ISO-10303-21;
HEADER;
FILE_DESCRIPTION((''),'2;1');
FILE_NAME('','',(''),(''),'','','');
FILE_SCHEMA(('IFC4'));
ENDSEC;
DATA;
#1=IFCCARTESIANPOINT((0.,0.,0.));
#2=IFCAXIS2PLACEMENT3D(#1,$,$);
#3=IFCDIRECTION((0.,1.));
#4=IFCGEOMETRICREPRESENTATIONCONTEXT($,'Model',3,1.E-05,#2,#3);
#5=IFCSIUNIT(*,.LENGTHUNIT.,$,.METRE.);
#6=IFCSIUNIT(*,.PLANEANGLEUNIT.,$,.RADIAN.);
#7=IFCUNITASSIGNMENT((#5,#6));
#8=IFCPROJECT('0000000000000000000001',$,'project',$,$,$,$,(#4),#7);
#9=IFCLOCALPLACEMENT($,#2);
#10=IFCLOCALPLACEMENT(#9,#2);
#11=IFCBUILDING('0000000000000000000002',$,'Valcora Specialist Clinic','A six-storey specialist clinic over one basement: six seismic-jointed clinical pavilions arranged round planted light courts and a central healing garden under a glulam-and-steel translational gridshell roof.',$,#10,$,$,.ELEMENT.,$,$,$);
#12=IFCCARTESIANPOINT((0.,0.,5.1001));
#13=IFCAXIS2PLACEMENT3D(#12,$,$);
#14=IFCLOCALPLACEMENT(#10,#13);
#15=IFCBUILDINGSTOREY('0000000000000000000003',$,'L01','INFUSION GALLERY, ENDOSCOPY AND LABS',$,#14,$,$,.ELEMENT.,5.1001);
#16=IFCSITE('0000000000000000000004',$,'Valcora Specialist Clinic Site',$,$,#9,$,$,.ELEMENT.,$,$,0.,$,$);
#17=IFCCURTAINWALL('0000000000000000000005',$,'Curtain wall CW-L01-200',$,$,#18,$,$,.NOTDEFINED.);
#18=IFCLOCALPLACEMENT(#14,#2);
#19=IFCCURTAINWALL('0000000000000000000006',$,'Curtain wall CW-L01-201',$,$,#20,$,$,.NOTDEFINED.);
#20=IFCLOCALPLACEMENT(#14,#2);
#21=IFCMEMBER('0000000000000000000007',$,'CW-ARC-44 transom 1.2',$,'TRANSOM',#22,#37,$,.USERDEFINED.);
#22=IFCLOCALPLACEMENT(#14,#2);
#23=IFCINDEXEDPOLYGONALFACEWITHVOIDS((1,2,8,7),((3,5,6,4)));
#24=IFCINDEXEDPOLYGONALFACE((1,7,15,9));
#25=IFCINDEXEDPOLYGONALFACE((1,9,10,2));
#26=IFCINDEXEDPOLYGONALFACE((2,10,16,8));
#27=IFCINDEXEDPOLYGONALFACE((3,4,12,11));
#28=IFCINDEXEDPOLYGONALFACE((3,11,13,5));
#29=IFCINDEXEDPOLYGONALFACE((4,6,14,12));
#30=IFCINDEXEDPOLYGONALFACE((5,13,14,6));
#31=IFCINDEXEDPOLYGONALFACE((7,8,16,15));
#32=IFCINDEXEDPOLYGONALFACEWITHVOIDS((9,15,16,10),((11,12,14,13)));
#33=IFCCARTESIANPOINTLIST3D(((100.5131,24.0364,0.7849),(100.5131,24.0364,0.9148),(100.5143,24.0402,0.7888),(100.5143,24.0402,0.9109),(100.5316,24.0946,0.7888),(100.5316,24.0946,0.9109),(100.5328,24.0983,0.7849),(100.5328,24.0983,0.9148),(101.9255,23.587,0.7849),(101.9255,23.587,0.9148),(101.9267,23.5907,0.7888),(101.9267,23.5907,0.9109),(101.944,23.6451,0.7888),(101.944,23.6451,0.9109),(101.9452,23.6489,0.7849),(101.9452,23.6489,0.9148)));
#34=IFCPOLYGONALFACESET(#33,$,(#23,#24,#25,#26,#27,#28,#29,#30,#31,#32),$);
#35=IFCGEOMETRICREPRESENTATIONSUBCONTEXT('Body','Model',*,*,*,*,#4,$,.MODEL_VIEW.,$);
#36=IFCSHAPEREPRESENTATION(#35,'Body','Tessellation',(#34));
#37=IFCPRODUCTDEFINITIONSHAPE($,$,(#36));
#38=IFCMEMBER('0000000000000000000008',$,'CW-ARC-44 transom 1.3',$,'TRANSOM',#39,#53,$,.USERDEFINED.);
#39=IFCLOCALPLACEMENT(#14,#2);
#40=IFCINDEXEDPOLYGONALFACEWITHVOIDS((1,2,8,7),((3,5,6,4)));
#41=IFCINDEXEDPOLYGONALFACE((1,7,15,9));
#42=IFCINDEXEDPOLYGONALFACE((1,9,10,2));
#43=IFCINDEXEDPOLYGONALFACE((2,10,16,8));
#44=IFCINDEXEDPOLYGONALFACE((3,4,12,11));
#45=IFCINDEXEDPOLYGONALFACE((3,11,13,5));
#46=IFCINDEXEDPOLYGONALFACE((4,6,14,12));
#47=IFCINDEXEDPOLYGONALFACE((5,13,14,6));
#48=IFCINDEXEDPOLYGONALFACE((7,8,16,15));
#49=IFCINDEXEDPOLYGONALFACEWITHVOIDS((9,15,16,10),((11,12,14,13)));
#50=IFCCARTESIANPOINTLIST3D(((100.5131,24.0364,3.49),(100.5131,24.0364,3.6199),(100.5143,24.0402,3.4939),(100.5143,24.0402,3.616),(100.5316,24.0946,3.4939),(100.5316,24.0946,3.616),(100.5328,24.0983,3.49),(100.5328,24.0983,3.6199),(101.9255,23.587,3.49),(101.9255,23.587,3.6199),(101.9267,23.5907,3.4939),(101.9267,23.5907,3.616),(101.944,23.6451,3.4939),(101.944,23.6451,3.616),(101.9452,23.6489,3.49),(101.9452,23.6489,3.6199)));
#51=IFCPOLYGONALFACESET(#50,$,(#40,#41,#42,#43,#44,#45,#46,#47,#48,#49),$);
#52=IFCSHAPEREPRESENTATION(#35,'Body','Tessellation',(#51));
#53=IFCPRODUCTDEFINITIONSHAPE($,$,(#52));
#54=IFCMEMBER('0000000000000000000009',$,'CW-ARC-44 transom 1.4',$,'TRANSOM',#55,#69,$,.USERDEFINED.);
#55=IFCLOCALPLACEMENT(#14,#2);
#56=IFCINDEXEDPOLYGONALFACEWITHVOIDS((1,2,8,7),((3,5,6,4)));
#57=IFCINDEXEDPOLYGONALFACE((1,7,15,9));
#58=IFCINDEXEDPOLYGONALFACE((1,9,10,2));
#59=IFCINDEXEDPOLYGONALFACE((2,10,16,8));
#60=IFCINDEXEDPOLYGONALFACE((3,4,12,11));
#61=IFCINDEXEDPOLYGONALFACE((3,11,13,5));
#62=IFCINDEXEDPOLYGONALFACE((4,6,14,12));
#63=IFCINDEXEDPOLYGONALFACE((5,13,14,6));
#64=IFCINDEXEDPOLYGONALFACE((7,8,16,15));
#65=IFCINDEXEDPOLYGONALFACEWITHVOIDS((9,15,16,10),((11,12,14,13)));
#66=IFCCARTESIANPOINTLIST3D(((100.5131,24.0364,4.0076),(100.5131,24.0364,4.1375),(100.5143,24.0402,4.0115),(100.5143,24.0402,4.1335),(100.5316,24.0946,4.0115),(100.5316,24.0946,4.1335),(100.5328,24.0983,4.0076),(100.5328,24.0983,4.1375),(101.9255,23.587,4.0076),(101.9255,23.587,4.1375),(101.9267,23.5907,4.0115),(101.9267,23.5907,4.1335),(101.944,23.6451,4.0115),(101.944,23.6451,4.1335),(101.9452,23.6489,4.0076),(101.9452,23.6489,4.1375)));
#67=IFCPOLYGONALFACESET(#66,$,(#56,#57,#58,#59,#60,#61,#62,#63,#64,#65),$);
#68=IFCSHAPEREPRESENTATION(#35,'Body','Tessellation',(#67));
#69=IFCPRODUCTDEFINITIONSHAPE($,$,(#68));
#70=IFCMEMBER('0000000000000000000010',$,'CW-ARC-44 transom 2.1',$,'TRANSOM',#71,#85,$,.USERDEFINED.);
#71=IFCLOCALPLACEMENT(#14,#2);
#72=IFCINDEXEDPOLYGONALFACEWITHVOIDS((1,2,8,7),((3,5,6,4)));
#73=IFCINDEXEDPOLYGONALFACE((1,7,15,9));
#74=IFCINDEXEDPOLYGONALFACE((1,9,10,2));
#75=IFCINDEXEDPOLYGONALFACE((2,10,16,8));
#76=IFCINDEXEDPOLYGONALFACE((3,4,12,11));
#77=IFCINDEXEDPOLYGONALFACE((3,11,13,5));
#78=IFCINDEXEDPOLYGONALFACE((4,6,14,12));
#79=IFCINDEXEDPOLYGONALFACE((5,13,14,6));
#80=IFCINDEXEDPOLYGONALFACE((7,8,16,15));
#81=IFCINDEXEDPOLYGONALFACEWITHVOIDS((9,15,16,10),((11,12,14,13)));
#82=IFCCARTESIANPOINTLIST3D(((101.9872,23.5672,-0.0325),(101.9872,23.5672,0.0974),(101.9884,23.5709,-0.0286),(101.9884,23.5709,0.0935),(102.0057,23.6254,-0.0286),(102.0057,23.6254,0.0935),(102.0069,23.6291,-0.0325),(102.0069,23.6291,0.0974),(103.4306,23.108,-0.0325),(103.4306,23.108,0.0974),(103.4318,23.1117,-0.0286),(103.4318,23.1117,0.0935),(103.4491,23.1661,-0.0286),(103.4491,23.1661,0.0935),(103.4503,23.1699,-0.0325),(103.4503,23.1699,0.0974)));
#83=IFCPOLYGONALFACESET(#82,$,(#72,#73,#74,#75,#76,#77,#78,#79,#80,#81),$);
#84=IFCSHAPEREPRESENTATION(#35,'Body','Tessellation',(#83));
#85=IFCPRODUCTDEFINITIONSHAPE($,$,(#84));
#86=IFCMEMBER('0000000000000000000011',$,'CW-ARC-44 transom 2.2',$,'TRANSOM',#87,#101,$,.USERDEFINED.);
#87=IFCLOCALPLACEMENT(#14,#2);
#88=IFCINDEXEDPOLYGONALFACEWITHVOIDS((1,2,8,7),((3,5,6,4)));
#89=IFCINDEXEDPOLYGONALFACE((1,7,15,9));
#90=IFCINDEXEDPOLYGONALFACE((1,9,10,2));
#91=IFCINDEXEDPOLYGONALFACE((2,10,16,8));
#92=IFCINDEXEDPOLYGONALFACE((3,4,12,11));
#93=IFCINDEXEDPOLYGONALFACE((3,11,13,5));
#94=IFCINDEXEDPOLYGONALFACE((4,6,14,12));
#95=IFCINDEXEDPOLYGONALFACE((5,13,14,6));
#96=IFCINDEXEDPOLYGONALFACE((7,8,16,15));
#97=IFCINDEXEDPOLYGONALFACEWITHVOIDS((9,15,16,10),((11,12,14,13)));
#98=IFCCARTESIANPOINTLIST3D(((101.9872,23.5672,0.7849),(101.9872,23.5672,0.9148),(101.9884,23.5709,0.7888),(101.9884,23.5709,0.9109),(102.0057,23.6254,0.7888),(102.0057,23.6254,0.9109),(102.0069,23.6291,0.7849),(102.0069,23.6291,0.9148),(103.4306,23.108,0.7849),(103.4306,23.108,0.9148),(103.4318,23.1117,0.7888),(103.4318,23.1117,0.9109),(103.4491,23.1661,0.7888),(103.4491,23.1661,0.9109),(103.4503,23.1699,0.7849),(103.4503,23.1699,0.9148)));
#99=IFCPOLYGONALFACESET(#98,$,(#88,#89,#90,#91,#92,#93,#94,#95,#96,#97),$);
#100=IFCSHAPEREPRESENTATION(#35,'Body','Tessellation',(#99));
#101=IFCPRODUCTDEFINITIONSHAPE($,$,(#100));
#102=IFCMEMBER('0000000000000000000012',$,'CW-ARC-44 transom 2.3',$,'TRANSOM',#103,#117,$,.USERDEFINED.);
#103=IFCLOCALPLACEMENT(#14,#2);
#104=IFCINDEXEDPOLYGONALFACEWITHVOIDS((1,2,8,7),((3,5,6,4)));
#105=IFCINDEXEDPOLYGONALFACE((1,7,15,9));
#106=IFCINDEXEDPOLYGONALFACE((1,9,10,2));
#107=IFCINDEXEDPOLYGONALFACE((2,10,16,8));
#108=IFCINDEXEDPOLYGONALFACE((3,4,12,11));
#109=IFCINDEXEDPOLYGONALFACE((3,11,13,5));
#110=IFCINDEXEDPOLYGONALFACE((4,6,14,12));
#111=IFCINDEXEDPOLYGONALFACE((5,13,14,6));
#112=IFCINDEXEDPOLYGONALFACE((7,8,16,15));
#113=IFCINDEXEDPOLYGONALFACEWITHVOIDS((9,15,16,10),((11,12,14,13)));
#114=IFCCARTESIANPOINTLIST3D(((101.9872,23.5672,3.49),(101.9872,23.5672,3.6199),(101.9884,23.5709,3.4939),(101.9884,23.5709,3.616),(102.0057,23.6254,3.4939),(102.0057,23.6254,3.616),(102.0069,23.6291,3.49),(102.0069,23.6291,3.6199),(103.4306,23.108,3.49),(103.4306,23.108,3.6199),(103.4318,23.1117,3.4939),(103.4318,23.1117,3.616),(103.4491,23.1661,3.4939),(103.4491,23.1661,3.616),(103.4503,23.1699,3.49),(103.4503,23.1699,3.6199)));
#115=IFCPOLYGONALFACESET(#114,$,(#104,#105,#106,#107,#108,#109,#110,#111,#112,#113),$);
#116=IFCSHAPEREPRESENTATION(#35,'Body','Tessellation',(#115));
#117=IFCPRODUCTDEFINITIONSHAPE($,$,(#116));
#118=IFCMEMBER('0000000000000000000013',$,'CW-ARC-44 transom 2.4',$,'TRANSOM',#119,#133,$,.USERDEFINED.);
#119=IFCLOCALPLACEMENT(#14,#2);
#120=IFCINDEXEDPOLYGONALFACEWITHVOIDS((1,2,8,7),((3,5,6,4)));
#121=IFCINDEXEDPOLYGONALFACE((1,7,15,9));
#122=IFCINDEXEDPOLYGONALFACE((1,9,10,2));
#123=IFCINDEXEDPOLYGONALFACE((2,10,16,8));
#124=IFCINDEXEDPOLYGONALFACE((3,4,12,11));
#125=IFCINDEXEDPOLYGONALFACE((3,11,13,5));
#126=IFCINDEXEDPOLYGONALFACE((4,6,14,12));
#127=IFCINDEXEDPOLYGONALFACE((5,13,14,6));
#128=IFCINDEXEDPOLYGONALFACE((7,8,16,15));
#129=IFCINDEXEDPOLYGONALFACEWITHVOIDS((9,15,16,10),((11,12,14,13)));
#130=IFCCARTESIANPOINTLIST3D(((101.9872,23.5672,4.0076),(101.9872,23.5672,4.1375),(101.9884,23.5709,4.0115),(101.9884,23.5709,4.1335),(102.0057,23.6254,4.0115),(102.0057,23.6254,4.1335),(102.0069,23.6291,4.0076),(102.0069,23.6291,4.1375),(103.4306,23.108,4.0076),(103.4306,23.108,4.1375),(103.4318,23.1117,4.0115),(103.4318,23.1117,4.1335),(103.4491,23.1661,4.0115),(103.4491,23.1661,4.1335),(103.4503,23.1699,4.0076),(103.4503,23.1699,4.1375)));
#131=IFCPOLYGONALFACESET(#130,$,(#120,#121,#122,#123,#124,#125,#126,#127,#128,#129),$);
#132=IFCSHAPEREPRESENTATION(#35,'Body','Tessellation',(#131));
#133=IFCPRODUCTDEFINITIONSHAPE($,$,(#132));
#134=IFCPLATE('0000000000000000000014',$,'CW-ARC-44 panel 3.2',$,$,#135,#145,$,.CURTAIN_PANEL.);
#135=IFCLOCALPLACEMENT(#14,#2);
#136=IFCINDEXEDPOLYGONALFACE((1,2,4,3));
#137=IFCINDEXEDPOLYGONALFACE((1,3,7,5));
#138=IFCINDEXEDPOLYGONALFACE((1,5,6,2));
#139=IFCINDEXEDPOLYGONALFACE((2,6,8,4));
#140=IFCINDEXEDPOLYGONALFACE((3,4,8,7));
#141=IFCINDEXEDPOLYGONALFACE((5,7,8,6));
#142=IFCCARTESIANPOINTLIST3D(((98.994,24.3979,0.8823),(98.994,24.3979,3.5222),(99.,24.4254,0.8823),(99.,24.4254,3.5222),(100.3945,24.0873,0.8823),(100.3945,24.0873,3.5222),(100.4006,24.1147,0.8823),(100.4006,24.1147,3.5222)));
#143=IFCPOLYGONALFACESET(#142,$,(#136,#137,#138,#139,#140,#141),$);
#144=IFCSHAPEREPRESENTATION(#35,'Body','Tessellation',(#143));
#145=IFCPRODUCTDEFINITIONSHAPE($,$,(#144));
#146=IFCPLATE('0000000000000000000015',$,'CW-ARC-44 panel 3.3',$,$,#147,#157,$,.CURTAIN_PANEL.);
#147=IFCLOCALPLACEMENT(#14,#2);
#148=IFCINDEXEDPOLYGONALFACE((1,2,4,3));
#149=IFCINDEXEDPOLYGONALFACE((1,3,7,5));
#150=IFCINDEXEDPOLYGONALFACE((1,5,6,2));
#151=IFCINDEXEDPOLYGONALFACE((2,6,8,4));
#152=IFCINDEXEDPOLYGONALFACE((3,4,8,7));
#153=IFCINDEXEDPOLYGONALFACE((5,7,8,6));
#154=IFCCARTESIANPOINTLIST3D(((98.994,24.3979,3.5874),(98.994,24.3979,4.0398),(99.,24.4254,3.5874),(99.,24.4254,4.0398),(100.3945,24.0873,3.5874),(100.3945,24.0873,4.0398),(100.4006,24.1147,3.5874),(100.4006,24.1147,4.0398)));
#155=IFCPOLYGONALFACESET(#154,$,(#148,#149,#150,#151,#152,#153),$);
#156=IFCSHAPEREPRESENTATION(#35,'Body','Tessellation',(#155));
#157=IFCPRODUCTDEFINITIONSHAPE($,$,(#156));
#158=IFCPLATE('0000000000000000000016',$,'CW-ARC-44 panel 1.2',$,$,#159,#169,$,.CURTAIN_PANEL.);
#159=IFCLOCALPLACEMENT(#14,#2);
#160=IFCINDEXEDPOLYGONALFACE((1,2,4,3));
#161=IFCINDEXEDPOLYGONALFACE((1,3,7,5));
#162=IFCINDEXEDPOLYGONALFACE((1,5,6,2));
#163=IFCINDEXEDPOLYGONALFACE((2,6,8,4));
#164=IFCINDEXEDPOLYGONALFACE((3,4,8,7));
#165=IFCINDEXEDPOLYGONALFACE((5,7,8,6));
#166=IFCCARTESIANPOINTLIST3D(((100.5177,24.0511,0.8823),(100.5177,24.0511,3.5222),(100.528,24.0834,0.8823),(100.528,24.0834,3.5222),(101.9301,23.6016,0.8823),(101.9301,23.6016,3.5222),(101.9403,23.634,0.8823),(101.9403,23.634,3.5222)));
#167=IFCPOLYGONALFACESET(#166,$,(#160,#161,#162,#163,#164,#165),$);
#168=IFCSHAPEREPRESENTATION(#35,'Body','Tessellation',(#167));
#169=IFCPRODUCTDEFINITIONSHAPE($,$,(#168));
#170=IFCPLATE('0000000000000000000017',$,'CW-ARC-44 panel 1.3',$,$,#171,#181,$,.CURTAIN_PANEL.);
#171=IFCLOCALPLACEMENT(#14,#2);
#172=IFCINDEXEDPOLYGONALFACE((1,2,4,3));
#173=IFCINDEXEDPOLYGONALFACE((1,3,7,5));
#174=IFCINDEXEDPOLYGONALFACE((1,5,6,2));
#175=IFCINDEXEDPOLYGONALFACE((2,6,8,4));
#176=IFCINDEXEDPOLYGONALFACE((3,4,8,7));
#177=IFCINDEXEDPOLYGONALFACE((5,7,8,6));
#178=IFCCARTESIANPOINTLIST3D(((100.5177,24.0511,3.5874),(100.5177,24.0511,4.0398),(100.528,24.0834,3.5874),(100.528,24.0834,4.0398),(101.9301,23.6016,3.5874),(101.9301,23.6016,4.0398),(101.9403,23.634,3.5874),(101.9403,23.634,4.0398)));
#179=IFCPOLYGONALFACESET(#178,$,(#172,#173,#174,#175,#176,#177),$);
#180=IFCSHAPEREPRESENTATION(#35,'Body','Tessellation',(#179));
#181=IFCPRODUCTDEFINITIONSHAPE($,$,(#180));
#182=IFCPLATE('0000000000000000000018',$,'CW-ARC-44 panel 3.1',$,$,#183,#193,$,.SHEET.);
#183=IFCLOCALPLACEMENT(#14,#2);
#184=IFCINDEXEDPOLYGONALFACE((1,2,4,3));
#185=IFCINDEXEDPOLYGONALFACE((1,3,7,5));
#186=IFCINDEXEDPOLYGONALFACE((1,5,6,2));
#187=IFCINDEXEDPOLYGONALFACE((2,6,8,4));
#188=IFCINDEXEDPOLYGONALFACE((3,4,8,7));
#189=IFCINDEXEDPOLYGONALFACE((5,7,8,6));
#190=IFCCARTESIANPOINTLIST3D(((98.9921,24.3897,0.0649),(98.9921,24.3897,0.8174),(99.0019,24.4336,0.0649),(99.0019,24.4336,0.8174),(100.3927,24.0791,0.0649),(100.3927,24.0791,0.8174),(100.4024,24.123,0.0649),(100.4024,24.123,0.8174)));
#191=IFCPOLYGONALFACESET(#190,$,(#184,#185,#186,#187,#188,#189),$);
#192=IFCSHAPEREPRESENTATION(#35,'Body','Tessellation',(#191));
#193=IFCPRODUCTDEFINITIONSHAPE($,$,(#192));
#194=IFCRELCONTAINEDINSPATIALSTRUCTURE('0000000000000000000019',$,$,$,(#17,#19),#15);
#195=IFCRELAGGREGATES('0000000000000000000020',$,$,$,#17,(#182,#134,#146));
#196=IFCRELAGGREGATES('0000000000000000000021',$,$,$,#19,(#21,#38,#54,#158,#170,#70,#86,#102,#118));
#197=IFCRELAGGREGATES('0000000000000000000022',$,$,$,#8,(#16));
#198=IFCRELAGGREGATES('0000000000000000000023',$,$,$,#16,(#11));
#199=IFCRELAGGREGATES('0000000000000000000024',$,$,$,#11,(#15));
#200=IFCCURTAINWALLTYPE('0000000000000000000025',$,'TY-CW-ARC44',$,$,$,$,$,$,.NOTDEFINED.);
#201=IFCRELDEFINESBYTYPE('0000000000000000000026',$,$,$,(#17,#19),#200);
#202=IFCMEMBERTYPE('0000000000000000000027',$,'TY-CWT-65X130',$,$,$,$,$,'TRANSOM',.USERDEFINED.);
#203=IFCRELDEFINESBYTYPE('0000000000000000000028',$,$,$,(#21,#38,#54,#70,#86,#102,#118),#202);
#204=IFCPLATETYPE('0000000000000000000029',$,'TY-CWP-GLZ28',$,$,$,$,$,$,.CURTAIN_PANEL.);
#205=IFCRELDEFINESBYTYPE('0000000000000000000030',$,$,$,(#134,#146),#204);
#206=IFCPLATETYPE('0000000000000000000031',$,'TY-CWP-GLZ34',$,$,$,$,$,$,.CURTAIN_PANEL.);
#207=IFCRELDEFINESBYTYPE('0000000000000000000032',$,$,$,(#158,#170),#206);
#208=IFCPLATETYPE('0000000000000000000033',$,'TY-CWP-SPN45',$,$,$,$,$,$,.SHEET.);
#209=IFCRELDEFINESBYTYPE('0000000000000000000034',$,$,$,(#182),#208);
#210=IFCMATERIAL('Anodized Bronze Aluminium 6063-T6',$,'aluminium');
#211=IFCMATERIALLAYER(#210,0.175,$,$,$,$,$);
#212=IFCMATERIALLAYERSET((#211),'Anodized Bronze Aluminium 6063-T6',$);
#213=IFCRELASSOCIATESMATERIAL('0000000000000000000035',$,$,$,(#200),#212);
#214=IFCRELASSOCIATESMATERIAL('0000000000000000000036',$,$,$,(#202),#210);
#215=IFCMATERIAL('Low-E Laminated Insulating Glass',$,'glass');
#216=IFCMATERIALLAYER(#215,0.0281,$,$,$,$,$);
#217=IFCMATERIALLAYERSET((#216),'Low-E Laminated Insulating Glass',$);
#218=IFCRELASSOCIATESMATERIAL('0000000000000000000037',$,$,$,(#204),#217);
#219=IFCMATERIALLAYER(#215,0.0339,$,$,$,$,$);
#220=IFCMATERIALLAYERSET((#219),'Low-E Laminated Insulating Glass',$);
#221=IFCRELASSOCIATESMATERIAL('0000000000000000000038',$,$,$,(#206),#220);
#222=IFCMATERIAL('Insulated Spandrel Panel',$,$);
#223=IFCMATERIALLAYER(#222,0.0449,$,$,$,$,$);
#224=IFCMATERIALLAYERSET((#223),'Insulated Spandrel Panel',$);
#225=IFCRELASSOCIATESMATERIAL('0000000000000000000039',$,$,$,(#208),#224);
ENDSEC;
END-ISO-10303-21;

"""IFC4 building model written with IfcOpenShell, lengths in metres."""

from ifc_helpers import new_model, si_unit, direction, frame, origin, origin_2d, place, context, subcontext, project, spatial, rectangle, hollow_rectangle, extrude, material, layer, layer_set, material_profile, profile_set, type_object, element, aggregate, save


model = new_model("IFC4")

# Units and contexts
model_context = context("Model", 3, precision=1e-05, world=origin(), true_north=direction((0.0, 1.0)))
body_context = subcontext(model_context, "Body", "Model", "MODEL_VIEW")
ifc_project = project(units=[si_unit("LENGTHUNIT", "METRE"), si_unit("PLANEANGLEUNIT", "RADIAN")], contexts=[model_context])

# Site, building, storey
site_placement = place(None, origin())
site = spatial("IfcSite", under=ifc_project, at=site_placement, Name="Valcora Specialist Clinic Site", CompositionType="ELEMENT", RefElevation=0.0)
building_placement = place(site_placement, origin())
building = spatial("IfcBuilding", under=site, at=building_placement, Name="Valcora Specialist Clinic", Description="A six-storey specialist clinic over one basement: six seismic-jointed clinical pavilions arranged round planted light courts and a central healing garden under a glulam-and-steel translational gridshell roof.", CompositionType="ELEMENT")
storey_placement = place(building_placement, frame((0.0, 0.0, 5.1001)))
storey = spatial("IfcBuildingStorey", under=building, at=storey_placement, Name="L01", Description="INFUSION GALLERY, ENDOSCOPY AND LABS", CompositionType="ELEMENT", Elevation=5.1001)

# Curtain wall
ifc_material_1 = material(Name="Anodized Bronze Aluminium 6063-T6", Category="aluminium")
ifc_layer_1 = layer(ifc_material_1, 0.175)
ifc_layer_set_1 = layer_set([ifc_layer_1], Name="Anodized Bronze Aluminium 6063-T6")
curtain_wall_type = type_object("IfcCurtainWallType", Name="TY-CW-ARC44", PredefinedType="NOTDEFINED", material=ifc_layer_set_1)
curtain_wall_1_placement = place(storey_placement, origin())
curtain_wall_1 = element("IfcCurtainWall", 1, at=curtain_wall_1_placement, inside=storey, type_object=curtain_wall_type, Name="Curtain wall CW-L01-200", PredefinedType="NOTDEFINED")

# Curtain wall
curtain_wall_2_placement = place(storey_placement, origin())
curtain_wall_2 = element("IfcCurtainWall", 2, at=curtain_wall_2_placement, inside=storey, type_object=curtain_wall_type, Name="Curtain wall CW-L01-201", PredefinedType="NOTDEFINED")

# Members
ifc_material_profile_1 = material_profile(ifc_material_1, hollow_rectangle(XDim=0.0649, YDim=0.1299, WallThickness=0.0039, at=origin_2d()), Name="AL-TRN-65X130")
ifc_profile_set_1 = profile_set([ifc_material_profile_1], Name="Anodized Bronze Aluminium 6063-T6")
member_type_1 = type_object("IfcMemberType", Name="TY-CWT-65X130", ElementType="TRANSOM", PredefinedType="USERDEFINED", material=ifc_profile_set_1)
member_1_placement = place(storey_placement, frame((100.5229, 24.0674, 0.8499), z_axis=(0.952911, -0.303251, 0.0), x_axis=(0.303251, 0.952911, 0.0)))
member_1 = element("IfcMember", 3, at=member_1_placement, type_object=member_type_1, Name="CW-ARC-44 transom 1.2", ObjectType="TRANSOM", PredefinedType="USERDEFINED", context=body_context, shape_type="SweptSolid", body=[
    extrude(hollow_rectangle(XDim=0.0649, YDim=0.1299, WallThickness=0.0039, at=origin_2d()), origin(), (0.0, 0.0, 1.0), 1.4822),
])
member_2_placement = place(storey_placement, frame((100.5229, 24.0674, 3.5549), z_axis=(0.952911, -0.303251, 0.0), x_axis=(0.303251, 0.952911, 0.0)))
member_2 = element("IfcMember", 4, at=member_2_placement, type_object=member_type_1, Name="CW-ARC-44 transom 1.3", ObjectType="TRANSOM", PredefinedType="USERDEFINED", context=body_context, shape_type="SweptSolid", body=[
    extrude(hollow_rectangle(XDim=0.0649, YDim=0.1299, WallThickness=0.0039, at=origin_2d()), origin(), (0.0, 0.0, 1.0), 1.4822),
])
member_3_placement = place(storey_placement, frame((100.5229, 24.0674, 4.0725), z_axis=(0.952911, -0.303251, 0.0), x_axis=(0.303251, 0.952911, 0.0)))
member_3 = element("IfcMember", 5, at=member_3_placement, type_object=member_type_1, Name="CW-ARC-44 transom 1.4", ObjectType="TRANSOM", PredefinedType="USERDEFINED", context=body_context, shape_type="SweptSolid", body=[
    extrude(hollow_rectangle(XDim=0.0649, YDim=0.1299, WallThickness=0.0039, at=origin_2d()), origin(), (0.0, 0.0, 1.0), 1.4822),
])
member_4_placement = place(storey_placement, frame((101.9971, 23.5981, 0.0325), z_axis=(0.95293, -0.30319, 0.0), x_axis=(0.30319, 0.95293, 0.0)))
member_4 = element("IfcMember", 6, at=member_4_placement, type_object=member_type_1, Name="CW-ARC-44 transom 2.1", ObjectType="TRANSOM", PredefinedType="USERDEFINED", context=body_context, shape_type="SweptSolid", body=[
    extrude(hollow_rectangle(XDim=0.0649, YDim=0.1299, WallThickness=0.0039, at=origin_2d()), origin(), (0.0, 0.0, 1.0), 1.5146),
])
member_5_placement = place(storey_placement, frame((101.9971, 23.5981, 0.8499), z_axis=(0.95293, -0.30319, 0.0), x_axis=(0.30319, 0.95293, 0.0)))
member_5 = element("IfcMember", 7, at=member_5_placement, type_object=member_type_1, Name="CW-ARC-44 transom 2.2", ObjectType="TRANSOM", PredefinedType="USERDEFINED", context=body_context, shape_type="SweptSolid", body=[
    extrude(hollow_rectangle(XDim=0.0649, YDim=0.1299, WallThickness=0.0039, at=origin_2d()), origin(), (0.0, 0.0, 1.0), 1.5146),
])
member_6_placement = place(storey_placement, frame((101.9971, 23.5981, 3.5549), z_axis=(0.95293, -0.30319, 0.0), x_axis=(0.30319, 0.95293, 0.0)))
member_6 = element("IfcMember", 8, at=member_6_placement, type_object=member_type_1, Name="CW-ARC-44 transom 2.3", ObjectType="TRANSOM", PredefinedType="USERDEFINED", context=body_context, shape_type="SweptSolid", body=[
    extrude(hollow_rectangle(XDim=0.0649, YDim=0.1299, WallThickness=0.0039, at=origin_2d()), origin(), (0.0, 0.0, 1.0), 1.5146),
])
member_7_placement = place(storey_placement, frame((101.9971, 23.5981, 4.0725), z_axis=(0.95293, -0.30319, 0.0), x_axis=(0.30319, 0.95293, 0.0)))
member_7 = element("IfcMember", 9, at=member_7_placement, type_object=member_type_1, Name="CW-ARC-44 transom 2.4", ObjectType="TRANSOM", PredefinedType="USERDEFINED", context=body_context, shape_type="SweptSolid", body=[
    extrude(hollow_rectangle(XDim=0.0649, YDim=0.1299, WallThickness=0.0039, at=origin_2d()), origin(), (0.0, 0.0, 1.0), 1.5146),
])

# Plates
ifc_material_2 = material(Name="Low-E Laminated Insulating Glass", Category="glass")
ifc_layer_2 = layer(ifc_material_2, 0.0281)
ifc_layer_set_2 = layer_set([ifc_layer_2], Name="Low-E Laminated Insulating Glass")
plate_type_1 = type_object("IfcPlateType", Name="TY-CWP-GLZ28", PredefinedType="CURTAIN_PANEL", material=ifc_layer_set_2)
plate_1_placement = place(storey_placement, frame((99.6973, 24.2563, 0.8823), z_axis=(0.0, 0.0, 1.0), x_axis=(0.976279, -0.216518, 0.0)))
plate_1 = element("IfcPlate", 10, at=plate_1_placement, type_object=plate_type_1, Name="CW-ARC-44 panel 3.2", PredefinedType="CURTAIN_PANEL", context=body_context, shape_type="SweptSolid", body=[
    extrude(rectangle(XDim=1.4346, YDim=0.0281, at=origin_2d()), origin(), (0.0, 0.0, 1.0), 2.6399),
])
plate_2_placement = place(storey_placement, frame((99.6973, 24.2563, 3.5874), z_axis=(0.0, 0.0, 1.0), x_axis=(0.976279, -0.216518, 0.0)))
plate_2 = element("IfcPlate", 11, at=plate_2_placement, type_object=plate_type_1, Name="CW-ARC-44 panel 3.3", PredefinedType="CURTAIN_PANEL", context=body_context, shape_type="SweptSolid", body=[
    extrude(rectangle(XDim=1.4346, YDim=0.0281, at=origin_2d()), origin(), (0.0, 0.0, 1.0), 0.4524),
])
ifc_layer_3 = layer(ifc_material_2, 0.0339)
ifc_layer_set_3 = layer_set([ifc_layer_3], Name="Low-E Laminated Insulating Glass")
plate_type_2 = type_object("IfcPlateType", Name="TY-CWP-GLZ34", PredefinedType="CURTAIN_PANEL", material=ifc_layer_set_3)
plate_3_placement = place(storey_placement, frame((101.229, 23.8425, 0.8823), z_axis=(0.0, 0.0, 1.0), x_axis=(0.952916, -0.303233, 0.0)))
plate_3 = element("IfcPlate", 12, at=plate_3_placement, type_object=plate_type_2, Name="CW-ARC-44 panel 1.2", PredefinedType="CURTAIN_PANEL", context=body_context, shape_type="SweptSolid", body=[
    extrude(rectangle(XDim=1.4822, YDim=0.0339, at=origin_2d()), origin(), (0.0, 0.0, 1.0), 2.6399),
])
plate_4_placement = place(storey_placement, frame((101.229, 23.8425, 3.5874), z_axis=(0.0, 0.0, 1.0), x_axis=(0.952916, -0.303233, 0.0)))
plate_4 = element("IfcPlate", 13, at=plate_4_placement, type_object=plate_type_2, Name="CW-ARC-44 panel 1.3", PredefinedType="CURTAIN_PANEL", context=body_context, shape_type="SweptSolid", body=[
    extrude(rectangle(XDim=1.4822, YDim=0.0339, at=origin_2d()), origin(), (0.0, 0.0, 1.0), 0.4524),
])
ifc_material_3 = material(Name="Insulated Spandrel Panel")
ifc_layer_4 = layer(ifc_material_3, 0.0449)
ifc_layer_set_4 = layer_set([ifc_layer_4], Name="Insulated Spandrel Panel")
plate_type_3 = type_object("IfcPlateType", Name="TY-CWP-SPN45", PredefinedType="SHEET", material=ifc_layer_set_4)
plate_5_placement = place(storey_placement, frame((99.6973, 24.2563, 0.0649), z_axis=(0.0, 0.0, 1.0), x_axis=(0.976279, -0.216518, 0.0)))
plate_5 = element("IfcPlate", 14, at=plate_5_placement, type_object=plate_type_3, Name="CW-ARC-44 panel 3.1", PredefinedType="SHEET", context=body_context, shape_type="SweptSolid", body=[
    extrude(rectangle(XDim=1.4346, YDim=0.0449, at=origin_2d()), origin(), (0.0, 0.0, 1.0), 0.7524),
])
aggregate(curtain_wall_1, [plate_5, plate_1, plate_2])
aggregate(curtain_wall_2, [member_1, member_2, member_3, plate_3, plate_4, member_4, member_5, member_6, member_7])

save(model, "model.ifc")
